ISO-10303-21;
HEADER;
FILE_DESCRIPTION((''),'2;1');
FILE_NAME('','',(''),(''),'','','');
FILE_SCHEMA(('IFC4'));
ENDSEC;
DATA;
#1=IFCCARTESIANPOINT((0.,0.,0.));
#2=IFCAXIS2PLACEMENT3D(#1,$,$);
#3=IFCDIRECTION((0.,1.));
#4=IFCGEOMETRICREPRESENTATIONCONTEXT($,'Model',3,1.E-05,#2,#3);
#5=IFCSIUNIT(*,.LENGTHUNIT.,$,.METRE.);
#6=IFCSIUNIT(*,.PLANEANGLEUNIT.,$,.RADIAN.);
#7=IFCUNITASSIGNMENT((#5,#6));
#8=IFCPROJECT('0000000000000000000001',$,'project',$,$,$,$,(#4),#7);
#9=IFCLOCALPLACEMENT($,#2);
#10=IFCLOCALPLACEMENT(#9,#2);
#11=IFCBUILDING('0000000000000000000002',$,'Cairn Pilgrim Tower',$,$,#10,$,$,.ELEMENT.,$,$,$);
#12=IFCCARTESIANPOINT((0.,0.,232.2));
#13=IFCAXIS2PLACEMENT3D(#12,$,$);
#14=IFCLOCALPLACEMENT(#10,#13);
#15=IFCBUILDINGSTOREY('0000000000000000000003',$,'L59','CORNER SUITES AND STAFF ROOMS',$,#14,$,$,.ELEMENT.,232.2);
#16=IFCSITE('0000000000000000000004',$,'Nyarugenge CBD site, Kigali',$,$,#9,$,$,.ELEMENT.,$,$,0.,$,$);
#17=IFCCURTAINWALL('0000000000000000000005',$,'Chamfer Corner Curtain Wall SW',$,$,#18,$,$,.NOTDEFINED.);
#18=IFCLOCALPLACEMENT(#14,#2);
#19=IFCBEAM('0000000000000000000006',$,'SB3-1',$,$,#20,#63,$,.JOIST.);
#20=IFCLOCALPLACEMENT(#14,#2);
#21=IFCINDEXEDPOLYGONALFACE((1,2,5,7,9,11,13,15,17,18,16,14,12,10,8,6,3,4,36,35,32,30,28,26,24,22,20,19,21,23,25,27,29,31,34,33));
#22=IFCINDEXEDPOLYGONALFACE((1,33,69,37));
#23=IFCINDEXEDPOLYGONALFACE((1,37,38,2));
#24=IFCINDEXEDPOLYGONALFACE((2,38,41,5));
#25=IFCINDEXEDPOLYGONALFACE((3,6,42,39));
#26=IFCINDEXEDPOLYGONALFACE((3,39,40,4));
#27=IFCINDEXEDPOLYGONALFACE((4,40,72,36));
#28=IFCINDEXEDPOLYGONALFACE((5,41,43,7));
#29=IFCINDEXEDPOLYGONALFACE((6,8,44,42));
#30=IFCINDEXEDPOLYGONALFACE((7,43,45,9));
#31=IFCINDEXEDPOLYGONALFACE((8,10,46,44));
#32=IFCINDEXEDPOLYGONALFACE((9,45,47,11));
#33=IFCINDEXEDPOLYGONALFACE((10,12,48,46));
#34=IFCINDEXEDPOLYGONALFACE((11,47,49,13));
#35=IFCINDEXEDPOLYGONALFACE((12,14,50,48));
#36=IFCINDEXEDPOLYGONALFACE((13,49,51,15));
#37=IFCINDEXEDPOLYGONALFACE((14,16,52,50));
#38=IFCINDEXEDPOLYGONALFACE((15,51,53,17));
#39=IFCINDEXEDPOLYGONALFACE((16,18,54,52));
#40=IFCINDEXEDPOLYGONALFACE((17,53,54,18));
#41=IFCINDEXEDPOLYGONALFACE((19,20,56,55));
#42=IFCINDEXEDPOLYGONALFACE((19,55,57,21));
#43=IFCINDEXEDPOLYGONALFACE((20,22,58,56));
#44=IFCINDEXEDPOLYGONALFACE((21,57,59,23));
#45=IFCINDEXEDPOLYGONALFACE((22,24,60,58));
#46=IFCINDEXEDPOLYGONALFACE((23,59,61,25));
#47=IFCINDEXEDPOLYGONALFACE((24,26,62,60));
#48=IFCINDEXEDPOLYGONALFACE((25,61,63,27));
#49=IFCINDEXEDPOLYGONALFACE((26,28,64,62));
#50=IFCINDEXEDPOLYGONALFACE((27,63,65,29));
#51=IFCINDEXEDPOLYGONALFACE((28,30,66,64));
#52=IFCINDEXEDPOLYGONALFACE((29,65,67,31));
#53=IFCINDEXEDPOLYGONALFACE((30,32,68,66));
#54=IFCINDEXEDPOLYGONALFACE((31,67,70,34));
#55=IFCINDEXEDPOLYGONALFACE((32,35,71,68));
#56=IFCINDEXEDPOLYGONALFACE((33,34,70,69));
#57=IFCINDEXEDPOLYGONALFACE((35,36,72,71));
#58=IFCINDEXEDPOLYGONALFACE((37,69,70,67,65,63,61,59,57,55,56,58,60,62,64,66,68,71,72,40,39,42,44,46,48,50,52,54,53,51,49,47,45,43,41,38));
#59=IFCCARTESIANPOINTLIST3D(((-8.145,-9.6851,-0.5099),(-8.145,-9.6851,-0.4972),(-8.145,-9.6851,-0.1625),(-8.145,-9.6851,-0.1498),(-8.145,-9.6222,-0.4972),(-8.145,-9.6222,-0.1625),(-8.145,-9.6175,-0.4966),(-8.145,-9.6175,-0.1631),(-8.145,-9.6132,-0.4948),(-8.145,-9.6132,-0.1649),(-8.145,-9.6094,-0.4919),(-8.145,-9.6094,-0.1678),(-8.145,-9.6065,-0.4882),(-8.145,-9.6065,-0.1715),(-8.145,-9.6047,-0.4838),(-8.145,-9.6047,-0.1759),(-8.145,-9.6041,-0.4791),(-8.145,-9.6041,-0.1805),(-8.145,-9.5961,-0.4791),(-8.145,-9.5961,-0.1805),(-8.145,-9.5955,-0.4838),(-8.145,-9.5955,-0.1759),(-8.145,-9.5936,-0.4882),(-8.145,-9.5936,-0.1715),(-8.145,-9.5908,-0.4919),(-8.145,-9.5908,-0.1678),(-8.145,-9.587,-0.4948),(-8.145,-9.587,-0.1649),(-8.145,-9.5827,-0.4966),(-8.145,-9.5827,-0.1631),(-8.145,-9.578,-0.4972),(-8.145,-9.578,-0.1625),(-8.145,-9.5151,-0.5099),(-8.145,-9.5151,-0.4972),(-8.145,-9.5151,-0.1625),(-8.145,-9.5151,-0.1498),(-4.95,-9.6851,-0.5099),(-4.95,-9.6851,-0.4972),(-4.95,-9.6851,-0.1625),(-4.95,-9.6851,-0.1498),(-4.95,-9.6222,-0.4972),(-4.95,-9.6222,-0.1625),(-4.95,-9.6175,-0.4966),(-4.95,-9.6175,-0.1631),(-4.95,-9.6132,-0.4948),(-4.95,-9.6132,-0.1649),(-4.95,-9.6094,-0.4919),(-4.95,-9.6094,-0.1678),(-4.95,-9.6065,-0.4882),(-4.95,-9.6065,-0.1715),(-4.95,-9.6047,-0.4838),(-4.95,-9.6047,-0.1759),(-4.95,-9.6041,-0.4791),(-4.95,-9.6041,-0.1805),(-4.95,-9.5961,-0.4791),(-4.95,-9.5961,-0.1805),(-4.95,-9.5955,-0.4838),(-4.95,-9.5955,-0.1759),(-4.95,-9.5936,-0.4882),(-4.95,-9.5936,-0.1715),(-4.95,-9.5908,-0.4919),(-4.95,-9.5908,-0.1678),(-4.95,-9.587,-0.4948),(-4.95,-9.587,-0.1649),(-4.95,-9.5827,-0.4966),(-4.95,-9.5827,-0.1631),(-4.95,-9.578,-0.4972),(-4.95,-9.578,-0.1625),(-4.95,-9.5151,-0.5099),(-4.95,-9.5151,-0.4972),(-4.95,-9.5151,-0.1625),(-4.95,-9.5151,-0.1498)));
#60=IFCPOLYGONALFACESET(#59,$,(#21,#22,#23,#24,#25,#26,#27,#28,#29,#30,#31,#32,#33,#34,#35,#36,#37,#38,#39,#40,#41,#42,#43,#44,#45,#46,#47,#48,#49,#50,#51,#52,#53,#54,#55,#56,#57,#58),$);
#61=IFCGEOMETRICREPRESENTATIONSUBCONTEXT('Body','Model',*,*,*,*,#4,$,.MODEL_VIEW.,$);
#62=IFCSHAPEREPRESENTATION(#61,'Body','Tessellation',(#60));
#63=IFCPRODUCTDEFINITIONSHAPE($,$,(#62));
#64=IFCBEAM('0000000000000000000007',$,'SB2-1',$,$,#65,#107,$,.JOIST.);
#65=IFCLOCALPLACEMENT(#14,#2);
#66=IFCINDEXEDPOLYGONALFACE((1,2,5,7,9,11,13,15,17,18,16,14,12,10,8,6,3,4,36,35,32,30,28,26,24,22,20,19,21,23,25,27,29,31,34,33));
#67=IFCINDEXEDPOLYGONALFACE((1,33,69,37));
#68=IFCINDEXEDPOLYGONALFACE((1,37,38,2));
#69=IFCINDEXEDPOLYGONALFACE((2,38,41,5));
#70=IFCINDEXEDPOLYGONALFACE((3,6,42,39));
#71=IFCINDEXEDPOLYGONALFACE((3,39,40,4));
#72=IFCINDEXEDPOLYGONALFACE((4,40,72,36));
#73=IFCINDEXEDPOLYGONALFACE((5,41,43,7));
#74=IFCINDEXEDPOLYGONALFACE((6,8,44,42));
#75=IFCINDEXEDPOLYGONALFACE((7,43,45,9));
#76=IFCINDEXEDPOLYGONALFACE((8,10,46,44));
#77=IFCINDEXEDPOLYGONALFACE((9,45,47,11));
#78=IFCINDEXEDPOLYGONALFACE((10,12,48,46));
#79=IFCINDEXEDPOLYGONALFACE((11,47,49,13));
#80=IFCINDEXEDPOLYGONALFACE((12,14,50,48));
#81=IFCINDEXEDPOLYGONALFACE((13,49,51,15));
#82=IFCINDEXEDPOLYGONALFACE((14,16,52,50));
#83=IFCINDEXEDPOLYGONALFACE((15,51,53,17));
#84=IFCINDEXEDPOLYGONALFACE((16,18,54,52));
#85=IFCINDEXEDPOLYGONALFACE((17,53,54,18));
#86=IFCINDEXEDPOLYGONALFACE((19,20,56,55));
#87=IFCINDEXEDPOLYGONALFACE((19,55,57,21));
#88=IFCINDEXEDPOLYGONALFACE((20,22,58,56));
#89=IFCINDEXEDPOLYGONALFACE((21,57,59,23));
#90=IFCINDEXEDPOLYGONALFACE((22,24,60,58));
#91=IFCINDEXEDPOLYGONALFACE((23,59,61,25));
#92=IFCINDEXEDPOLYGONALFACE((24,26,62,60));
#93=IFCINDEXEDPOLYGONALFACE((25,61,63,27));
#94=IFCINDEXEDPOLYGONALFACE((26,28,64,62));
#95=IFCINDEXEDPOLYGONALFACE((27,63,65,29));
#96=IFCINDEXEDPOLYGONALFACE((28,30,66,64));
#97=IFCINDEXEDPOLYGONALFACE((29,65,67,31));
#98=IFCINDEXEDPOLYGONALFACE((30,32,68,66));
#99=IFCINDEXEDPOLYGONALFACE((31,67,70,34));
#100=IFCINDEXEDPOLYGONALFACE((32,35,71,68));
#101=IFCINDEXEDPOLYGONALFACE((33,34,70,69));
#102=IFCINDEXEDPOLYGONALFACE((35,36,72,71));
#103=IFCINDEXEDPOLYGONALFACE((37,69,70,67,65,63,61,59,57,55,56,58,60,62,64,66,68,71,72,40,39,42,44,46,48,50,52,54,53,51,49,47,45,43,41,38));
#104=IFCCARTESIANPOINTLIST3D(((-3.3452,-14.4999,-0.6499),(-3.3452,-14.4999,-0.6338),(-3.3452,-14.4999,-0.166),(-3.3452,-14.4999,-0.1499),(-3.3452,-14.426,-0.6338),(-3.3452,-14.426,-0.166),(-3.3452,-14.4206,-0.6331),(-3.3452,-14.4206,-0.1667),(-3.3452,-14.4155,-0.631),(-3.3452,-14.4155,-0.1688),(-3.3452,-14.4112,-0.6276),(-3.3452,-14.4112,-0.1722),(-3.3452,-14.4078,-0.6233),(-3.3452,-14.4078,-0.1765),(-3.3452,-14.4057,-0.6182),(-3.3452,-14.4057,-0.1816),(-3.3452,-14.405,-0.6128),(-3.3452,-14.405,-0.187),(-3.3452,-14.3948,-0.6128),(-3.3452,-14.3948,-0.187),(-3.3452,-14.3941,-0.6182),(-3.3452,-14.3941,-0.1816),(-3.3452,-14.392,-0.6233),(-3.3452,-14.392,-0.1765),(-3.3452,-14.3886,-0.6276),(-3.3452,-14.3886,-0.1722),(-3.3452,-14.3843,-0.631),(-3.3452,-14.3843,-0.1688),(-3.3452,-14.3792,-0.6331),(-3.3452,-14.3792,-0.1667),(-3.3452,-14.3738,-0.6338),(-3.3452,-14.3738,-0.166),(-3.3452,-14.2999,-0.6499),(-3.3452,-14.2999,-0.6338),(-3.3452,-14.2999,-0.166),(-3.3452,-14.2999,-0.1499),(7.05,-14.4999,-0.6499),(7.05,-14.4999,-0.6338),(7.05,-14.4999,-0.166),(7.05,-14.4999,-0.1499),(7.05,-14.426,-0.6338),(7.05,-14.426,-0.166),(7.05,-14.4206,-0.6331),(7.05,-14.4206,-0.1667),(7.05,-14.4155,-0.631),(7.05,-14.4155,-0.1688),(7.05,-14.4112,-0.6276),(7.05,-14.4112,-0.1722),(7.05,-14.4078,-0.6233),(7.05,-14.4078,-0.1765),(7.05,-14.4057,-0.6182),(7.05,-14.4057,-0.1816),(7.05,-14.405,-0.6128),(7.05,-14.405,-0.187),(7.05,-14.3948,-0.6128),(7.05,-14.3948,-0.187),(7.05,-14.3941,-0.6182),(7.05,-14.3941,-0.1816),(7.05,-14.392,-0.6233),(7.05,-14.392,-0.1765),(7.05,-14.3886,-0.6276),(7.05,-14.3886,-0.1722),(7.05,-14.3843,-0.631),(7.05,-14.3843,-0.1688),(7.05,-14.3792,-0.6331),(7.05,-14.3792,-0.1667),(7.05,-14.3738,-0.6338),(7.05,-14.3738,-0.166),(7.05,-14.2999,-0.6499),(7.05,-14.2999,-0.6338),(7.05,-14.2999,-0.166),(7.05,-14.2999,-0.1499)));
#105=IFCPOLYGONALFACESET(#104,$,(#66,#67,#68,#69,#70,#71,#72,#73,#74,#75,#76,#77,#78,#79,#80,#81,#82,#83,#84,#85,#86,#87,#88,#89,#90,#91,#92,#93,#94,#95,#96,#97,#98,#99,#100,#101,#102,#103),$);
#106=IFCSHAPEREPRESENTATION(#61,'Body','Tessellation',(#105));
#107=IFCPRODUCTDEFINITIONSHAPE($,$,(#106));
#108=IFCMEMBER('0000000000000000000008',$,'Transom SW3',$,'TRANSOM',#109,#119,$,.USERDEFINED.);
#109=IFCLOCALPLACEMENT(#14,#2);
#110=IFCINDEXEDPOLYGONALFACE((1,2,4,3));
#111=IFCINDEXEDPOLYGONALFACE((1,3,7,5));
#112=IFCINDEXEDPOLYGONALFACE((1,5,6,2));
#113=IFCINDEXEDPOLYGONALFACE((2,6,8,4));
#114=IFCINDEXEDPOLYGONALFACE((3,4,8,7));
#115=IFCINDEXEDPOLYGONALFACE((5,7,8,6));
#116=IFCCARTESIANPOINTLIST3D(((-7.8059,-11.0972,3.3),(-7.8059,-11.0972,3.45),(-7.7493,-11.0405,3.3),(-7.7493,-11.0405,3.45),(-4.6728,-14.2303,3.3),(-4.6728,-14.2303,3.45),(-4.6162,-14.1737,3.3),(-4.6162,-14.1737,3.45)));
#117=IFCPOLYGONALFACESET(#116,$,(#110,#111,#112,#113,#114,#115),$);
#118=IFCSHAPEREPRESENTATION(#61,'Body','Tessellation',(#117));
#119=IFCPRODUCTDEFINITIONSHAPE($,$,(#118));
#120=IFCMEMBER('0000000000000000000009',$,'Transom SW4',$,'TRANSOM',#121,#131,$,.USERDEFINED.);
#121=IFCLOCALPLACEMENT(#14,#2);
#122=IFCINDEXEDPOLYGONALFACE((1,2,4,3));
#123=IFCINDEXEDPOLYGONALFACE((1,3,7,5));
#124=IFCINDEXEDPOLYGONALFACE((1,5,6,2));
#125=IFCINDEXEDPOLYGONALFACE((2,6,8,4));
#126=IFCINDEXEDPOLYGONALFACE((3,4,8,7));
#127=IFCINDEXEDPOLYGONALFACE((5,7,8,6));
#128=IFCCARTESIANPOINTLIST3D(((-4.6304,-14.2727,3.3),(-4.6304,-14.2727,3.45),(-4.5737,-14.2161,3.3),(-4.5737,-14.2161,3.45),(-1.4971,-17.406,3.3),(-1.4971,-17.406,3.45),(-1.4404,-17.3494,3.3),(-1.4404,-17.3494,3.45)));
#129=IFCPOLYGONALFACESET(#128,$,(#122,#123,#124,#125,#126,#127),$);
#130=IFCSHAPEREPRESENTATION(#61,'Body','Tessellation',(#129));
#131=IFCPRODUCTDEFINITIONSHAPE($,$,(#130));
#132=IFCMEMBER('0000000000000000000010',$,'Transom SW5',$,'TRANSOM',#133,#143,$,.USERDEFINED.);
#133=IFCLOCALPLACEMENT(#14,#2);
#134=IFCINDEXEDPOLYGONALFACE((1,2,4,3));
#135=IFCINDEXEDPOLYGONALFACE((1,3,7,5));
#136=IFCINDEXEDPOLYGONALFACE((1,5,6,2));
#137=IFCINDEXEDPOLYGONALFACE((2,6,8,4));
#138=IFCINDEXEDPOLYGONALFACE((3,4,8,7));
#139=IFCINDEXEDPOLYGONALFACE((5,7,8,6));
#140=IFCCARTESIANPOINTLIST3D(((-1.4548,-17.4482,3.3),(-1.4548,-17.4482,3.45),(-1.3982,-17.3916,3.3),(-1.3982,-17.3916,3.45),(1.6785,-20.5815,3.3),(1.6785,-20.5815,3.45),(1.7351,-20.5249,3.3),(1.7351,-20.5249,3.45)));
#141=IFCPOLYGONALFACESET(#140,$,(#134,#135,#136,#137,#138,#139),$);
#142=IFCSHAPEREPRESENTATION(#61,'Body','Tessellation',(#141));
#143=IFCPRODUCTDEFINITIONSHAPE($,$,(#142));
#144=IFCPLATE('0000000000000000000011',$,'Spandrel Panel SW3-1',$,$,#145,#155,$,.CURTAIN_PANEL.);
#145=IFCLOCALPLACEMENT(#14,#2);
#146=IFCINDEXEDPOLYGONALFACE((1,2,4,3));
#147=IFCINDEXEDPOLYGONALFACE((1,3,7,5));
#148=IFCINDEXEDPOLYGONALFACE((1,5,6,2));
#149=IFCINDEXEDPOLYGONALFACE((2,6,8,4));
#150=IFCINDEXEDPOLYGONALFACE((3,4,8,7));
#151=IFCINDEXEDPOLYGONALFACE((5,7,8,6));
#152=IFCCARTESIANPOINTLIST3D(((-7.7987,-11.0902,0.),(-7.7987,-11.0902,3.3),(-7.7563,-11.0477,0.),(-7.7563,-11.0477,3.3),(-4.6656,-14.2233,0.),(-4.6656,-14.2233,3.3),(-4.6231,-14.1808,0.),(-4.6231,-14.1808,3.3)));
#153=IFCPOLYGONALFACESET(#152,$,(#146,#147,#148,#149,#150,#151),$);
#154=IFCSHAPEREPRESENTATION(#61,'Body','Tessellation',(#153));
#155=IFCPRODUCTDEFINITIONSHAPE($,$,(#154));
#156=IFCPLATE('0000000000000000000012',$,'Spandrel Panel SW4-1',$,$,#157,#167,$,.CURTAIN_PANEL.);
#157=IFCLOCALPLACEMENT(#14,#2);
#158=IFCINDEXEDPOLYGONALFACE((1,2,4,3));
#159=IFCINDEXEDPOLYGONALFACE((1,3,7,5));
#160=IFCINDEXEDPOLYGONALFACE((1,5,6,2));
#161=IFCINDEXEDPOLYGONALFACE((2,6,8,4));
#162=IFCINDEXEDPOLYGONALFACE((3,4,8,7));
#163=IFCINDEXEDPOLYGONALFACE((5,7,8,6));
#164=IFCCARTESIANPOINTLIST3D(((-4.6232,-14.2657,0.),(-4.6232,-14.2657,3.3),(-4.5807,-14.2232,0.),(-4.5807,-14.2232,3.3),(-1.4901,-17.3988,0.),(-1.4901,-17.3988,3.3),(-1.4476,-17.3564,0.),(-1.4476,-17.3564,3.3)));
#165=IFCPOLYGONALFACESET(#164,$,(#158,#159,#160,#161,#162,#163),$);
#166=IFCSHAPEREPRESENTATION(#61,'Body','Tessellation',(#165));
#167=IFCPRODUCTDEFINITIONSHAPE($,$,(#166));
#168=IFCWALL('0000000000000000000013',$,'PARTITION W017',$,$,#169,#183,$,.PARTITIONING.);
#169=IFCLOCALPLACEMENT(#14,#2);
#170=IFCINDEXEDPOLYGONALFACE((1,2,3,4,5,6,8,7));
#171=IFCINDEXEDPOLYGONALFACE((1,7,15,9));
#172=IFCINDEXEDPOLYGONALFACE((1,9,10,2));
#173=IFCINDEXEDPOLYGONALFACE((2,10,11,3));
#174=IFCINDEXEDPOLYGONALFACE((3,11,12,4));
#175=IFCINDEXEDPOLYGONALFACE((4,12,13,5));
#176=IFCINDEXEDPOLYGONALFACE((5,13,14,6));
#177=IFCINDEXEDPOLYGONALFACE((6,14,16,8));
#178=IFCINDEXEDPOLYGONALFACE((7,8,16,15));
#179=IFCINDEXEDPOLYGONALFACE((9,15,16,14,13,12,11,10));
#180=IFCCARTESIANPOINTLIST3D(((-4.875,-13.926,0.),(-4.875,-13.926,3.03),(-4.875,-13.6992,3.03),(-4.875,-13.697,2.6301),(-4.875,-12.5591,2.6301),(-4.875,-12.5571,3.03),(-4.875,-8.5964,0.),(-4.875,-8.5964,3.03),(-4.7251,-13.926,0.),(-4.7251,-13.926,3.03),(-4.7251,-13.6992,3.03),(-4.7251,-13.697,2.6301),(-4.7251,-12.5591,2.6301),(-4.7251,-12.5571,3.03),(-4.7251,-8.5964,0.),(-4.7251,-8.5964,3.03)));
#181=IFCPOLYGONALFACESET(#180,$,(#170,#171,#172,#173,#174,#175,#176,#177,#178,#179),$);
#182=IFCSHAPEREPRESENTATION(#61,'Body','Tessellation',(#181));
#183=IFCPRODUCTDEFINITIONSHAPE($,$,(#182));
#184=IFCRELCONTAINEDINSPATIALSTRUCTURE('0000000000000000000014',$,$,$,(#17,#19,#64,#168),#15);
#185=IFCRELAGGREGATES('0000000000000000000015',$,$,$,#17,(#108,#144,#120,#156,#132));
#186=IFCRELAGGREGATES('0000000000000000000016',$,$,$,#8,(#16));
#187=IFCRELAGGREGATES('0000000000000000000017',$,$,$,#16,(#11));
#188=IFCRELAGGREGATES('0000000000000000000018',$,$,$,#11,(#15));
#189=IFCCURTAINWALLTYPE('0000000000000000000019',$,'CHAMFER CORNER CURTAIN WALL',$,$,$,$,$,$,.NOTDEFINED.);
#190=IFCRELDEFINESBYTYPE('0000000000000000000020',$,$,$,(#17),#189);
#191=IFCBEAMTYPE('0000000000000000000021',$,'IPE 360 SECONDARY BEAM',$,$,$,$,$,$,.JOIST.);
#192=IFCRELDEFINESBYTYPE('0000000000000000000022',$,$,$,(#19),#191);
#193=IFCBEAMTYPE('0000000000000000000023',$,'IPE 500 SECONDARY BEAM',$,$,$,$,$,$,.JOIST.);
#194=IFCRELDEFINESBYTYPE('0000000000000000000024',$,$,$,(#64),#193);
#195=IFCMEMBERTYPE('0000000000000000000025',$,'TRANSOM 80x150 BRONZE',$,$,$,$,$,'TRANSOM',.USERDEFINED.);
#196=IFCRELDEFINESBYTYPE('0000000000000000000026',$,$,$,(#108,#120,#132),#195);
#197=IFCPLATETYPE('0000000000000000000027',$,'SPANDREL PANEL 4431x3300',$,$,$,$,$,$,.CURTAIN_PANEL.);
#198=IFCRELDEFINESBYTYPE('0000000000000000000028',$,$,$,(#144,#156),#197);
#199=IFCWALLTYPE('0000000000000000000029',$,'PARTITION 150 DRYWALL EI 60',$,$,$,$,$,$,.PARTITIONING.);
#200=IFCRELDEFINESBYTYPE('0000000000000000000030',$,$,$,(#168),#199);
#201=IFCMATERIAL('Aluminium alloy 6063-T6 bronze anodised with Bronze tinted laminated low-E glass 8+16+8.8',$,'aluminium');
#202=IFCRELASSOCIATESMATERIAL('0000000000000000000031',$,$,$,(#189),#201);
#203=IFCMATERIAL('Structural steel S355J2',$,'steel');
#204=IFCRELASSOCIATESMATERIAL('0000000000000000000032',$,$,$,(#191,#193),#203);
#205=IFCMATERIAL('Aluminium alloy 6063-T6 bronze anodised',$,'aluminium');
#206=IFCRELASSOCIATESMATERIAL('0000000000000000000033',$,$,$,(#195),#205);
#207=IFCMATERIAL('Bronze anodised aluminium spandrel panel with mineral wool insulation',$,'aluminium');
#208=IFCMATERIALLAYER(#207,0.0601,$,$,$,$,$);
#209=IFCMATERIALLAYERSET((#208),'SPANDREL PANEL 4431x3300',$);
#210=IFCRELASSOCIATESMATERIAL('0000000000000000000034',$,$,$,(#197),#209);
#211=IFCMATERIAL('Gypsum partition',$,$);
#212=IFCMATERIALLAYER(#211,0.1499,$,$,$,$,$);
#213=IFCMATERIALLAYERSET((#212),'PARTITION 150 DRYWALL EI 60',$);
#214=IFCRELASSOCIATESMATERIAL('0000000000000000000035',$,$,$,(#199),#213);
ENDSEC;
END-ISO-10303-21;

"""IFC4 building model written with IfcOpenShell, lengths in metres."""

from ifc_helpers import new_model, si_unit, direction, frame, origin, origin_2d, place, context, subcontext, project, spatial, polyline, rectangle, i_section, outline, extrude, material, layer, layer_set, material_profile, profile_set, type_object, element, aggregate, save


model = new_model("IFC4")

# Units and contexts
model_context = context("Model", 3, precision=1e-05, world=origin(), true_north=direction((0.0, 1.0)))
body_context = subcontext(model_context, "Body", "Model", "MODEL_VIEW")
ifc_project = project(units=[si_unit("LENGTHUNIT", "METRE"), si_unit("PLANEANGLEUNIT", "RADIAN")], contexts=[model_context])

# Site, building, storey
site_placement = place(None, origin())
site = spatial("IfcSite", under=ifc_project, at=site_placement, Name="Nyarugenge CBD site, Kigali", CompositionType="ELEMENT", RefElevation=0.0)
building_placement = place(site_placement, origin())
building = spatial("IfcBuilding", under=site, at=building_placement, Name="Cairn Pilgrim Tower", CompositionType="ELEMENT")
storey_placement = place(building_placement, frame((0.0, 0.0, 232.2)))
storey = spatial("IfcBuildingStorey", under=building, at=storey_placement, Name="L59", Description="CORNER SUITES AND STAFF ROOMS", CompositionType="ELEMENT", Elevation=232.2)

# Shared definitions
ifc_material_1 = material(Name="Structural steel S355J2", Category="steel")

# Curtain wall
ifc_material_2 = material(Name="Aluminium alloy 6063-T6 bronze anodised with Bronze tinted laminated low-E glass 8+16+8.8", Category="aluminium")
curtain_wall_type = type_object("IfcCurtainWallType", Name="CHAMFER CORNER CURTAIN WALL", PredefinedType="NOTDEFINED", material=ifc_material_2)
curtain_wall_placement = place(storey_placement, origin())
curtain_wall = element("IfcCurtainWall", 1, at=curtain_wall_placement, inside=storey, type_object=curtain_wall_type, Name="Chamfer Corner Curtain Wall SW", PredefinedType="NOTDEFINED")
ifc_material_3 = material(Name="Aluminium alloy 6063-T6 bronze anodised", Category="aluminium")

# Beams
ifc_material_profile_1 = material_profile(ifc_material_1, i_section(OverallWidth=0.1699, OverallDepth=0.3601, WebThickness=0.0081, FlangeThickness=0.0127, FilletRadius=0.0181, at=origin_2d()), Name="IPE 360")
ifc_profile_set_1 = profile_set([ifc_material_profile_1], Name="Structural steel S355J2")
beam_type_1 = type_object("IfcBeamType", Name="IPE 360 SECONDARY BEAM", PredefinedType="JOIST", material=ifc_profile_set_1)
beam_1_placement = place(storey_placement, frame((-8.145, -9.6001, -0.3298), z_axis=(1.0, 0.0, 0.0), x_axis=(0.0, 1.0, 0.0)))
element("IfcBeam", 2, at=beam_1_placement, inside=storey, type_object=beam_type_1, Name="SB3-1", PredefinedType="JOIST", context=body_context, shape_type="SweptSolid", body=[
    extrude(i_section(OverallWidth=0.1699, OverallDepth=0.3601, WebThickness=0.0081, FlangeThickness=0.0127, FilletRadius=0.0181, at=origin_2d()), origin(), (0.0, 0.0, 1.0), 3.1951),
])
ifc_material_profile_2 = material_profile(ifc_material_1, i_section(OverallWidth=0.2, OverallDepth=0.5, WebThickness=0.0103, FlangeThickness=0.0161, FilletRadius=0.021, at=origin_2d()), Name="IPE 500")
ifc_profile_set_2 = profile_set([ifc_material_profile_2], Name="Structural steel S355J2")
beam_type_2 = type_object("IfcBeamType", Name="IPE 500 SECONDARY BEAM", PredefinedType="JOIST", material=ifc_profile_set_2)
beam_2_placement = place(storey_placement, frame((-3.3452, -14.3999, -0.3999), z_axis=(1.0, 0.0, 0.0), x_axis=(0.0, 1.0, 0.0)))
element("IfcBeam", 3, at=beam_2_placement, inside=storey, type_object=beam_type_2, Name="SB2-1", PredefinedType="JOIST", context=body_context, shape_type="SweptSolid", body=[
    extrude(i_section(OverallWidth=0.2, OverallDepth=0.5, WebThickness=0.0103, FlangeThickness=0.0161, FilletRadius=0.021, at=origin_2d()), origin(), (0.0, 0.0, 1.0), 10.3953),
])

# Members
ifc_material_profile_3 = material_profile(ifc_material_3, rectangle(XDim=0.0801, YDim=0.1499, at=origin_2d()), Name="TRANSOM 80x150 BRONZE")
ifc_profile_set_3 = profile_set([ifc_material_profile_3], Name="Aluminium alloy 6063-T6 bronze anodised")
member_type_1 = type_object("IfcMemberType", Name="TRANSOM 80x150 BRONZE", ElementType="TRANSOM", PredefinedType="USERDEFINED", material=ifc_profile_set_3)
member_1_placement = place(storey_placement, frame((-7.7776, -11.0688, 3.375), z_axis=(0.707107, -0.707107, 0.0), x_axis=(0.707107, 0.707107, 0.0)))
member_1 = element("IfcMember", 4, at=member_1_placement, type_object=member_type_1, Name="Transom SW3", ObjectType="TRANSOM", PredefinedType="USERDEFINED", context=body_context, shape_type="SweptSolid", body=[
    extrude(rectangle(XDim=0.0801, YDim=0.1499, at=origin_2d()), origin(), (0.0, 0.0, 1.0), 4.4309),
])
member_2_placement = place(storey_placement, frame((-4.6021, -14.2444, 3.375), z_axis=(0.707107, -0.707107, 0.0), x_axis=(0.707107, 0.707107, 0.0)))
member_2 = element("IfcMember", 5, at=member_2_placement, type_object=member_type_1, Name="Transom SW4", ObjectType="TRANSOM", PredefinedType="USERDEFINED", context=body_context, shape_type="SweptSolid", body=[
    extrude(rectangle(XDim=0.0801, YDim=0.1499, at=origin_2d()), origin(), (0.0, 0.0, 1.0), 4.4312),
])
member_3_placement = place(storey_placement, frame((-1.4265, -17.4199, 3.375), z_axis=(0.707107, -0.707107, 0.0), x_axis=(0.707107, 0.707107, 0.0)))
member_3 = element("IfcMember", 6, at=member_3_placement, type_object=member_type_1, Name="Transom SW5", ObjectType="TRANSOM", PredefinedType="USERDEFINED", context=body_context, shape_type="SweptSolid", body=[
    extrude(rectangle(XDim=0.0801, YDim=0.1499, at=origin_2d()), origin(), (0.0, 0.0, 1.0), 4.4312),
])

# Plates
ifc_material_4 = material(Name="Bronze anodised aluminium spandrel panel with mineral wool insulation", Category="aluminium")
ifc_layer_1 = layer(ifc_material_4, 0.0601)
ifc_layer_set_1 = layer_set([ifc_layer_1], Name="SPANDREL PANEL 4431x3300")
plate_type = type_object("IfcPlateType", Name="SPANDREL PANEL 4431x3300", PredefinedType="CURTAIN_PANEL", material=ifc_layer_set_1)
plate_1_placement = place(storey_placement, frame((-6.2109, -12.6355, 0.0), z_axis=(0.0, 0.0, 1.0), x_axis=(0.707107, -0.707107, 0.0)))
plate_1 = element("IfcPlate", 7, at=plate_1_placement, type_object=plate_type, Name="Spandrel Panel SW3-1", PredefinedType="CURTAIN_PANEL", context=body_context, shape_type="SweptSolid", body=[
    extrude(rectangle(XDim=4.4309, YDim=0.0601, at=origin_2d()), origin(), (0.0, 0.0, 1.0), 3.3),
])
plate_2_placement = place(storey_placement, frame((-3.0354, -15.811, 0.0), z_axis=(0.0, 0.0, 1.0), x_axis=(0.707107, -0.707107, 0.0)))
plate_2 = element("IfcPlate", 8, at=plate_2_placement, type_object=plate_type, Name="Spandrel Panel SW4-1", PredefinedType="CURTAIN_PANEL", context=body_context, shape_type="SweptSolid", body=[
    extrude(rectangle(XDim=4.4309, YDim=0.0601, at=origin_2d()), origin(), (0.0, 0.0, 1.0), 3.3),
])
aggregate(curtain_wall, [member_1, plate_1, member_2, plate_2, member_3])

# Wall
ifc_material_5 = material(Name="Gypsum partition")
ifc_layer_2 = layer(ifc_material_5, 0.1499)
ifc_layer_set_2 = layer_set([ifc_layer_2], Name="PARTITION 150 DRYWALL EI 60")
wall_type_1 = type_object("IfcWallType", Name="PARTITION 150 DRYWALL EI 60", PredefinedType="PARTITIONING", material=ifc_layer_set_2)
wall_1_placement = place(storey_placement, frame((-4.8, -13.926, 0.0), z_axis=(0.0, 0.0, 1.0), x_axis=(0.0, 1.0, 0.0)))
element("IfcWall", 9, at=wall_1_placement, inside=storey, type_object=wall_type_1, Name="PARTITION W017", PredefinedType="PARTITIONING", context=body_context, shape_type="SweptSolid", body=[
    extrude(outline(polyline([(0.0, 0.0), (5.3296, 0.0), (5.3296, 3.03), (1.3689, 3.03), (1.3669, 2.6301), (0.229, 2.6301), (0.2268, 3.03), (0.0, 3.03), (0.0, 0.0)])), frame((0.0, 0.075, 0.0), z_axis=(0.0, -1.0, 0.0), x_axis=(1.0, 0.0, 0.0)), (0.0, 0.0, 1.0), 0.1499),
])

save(model, "model.ifc")
